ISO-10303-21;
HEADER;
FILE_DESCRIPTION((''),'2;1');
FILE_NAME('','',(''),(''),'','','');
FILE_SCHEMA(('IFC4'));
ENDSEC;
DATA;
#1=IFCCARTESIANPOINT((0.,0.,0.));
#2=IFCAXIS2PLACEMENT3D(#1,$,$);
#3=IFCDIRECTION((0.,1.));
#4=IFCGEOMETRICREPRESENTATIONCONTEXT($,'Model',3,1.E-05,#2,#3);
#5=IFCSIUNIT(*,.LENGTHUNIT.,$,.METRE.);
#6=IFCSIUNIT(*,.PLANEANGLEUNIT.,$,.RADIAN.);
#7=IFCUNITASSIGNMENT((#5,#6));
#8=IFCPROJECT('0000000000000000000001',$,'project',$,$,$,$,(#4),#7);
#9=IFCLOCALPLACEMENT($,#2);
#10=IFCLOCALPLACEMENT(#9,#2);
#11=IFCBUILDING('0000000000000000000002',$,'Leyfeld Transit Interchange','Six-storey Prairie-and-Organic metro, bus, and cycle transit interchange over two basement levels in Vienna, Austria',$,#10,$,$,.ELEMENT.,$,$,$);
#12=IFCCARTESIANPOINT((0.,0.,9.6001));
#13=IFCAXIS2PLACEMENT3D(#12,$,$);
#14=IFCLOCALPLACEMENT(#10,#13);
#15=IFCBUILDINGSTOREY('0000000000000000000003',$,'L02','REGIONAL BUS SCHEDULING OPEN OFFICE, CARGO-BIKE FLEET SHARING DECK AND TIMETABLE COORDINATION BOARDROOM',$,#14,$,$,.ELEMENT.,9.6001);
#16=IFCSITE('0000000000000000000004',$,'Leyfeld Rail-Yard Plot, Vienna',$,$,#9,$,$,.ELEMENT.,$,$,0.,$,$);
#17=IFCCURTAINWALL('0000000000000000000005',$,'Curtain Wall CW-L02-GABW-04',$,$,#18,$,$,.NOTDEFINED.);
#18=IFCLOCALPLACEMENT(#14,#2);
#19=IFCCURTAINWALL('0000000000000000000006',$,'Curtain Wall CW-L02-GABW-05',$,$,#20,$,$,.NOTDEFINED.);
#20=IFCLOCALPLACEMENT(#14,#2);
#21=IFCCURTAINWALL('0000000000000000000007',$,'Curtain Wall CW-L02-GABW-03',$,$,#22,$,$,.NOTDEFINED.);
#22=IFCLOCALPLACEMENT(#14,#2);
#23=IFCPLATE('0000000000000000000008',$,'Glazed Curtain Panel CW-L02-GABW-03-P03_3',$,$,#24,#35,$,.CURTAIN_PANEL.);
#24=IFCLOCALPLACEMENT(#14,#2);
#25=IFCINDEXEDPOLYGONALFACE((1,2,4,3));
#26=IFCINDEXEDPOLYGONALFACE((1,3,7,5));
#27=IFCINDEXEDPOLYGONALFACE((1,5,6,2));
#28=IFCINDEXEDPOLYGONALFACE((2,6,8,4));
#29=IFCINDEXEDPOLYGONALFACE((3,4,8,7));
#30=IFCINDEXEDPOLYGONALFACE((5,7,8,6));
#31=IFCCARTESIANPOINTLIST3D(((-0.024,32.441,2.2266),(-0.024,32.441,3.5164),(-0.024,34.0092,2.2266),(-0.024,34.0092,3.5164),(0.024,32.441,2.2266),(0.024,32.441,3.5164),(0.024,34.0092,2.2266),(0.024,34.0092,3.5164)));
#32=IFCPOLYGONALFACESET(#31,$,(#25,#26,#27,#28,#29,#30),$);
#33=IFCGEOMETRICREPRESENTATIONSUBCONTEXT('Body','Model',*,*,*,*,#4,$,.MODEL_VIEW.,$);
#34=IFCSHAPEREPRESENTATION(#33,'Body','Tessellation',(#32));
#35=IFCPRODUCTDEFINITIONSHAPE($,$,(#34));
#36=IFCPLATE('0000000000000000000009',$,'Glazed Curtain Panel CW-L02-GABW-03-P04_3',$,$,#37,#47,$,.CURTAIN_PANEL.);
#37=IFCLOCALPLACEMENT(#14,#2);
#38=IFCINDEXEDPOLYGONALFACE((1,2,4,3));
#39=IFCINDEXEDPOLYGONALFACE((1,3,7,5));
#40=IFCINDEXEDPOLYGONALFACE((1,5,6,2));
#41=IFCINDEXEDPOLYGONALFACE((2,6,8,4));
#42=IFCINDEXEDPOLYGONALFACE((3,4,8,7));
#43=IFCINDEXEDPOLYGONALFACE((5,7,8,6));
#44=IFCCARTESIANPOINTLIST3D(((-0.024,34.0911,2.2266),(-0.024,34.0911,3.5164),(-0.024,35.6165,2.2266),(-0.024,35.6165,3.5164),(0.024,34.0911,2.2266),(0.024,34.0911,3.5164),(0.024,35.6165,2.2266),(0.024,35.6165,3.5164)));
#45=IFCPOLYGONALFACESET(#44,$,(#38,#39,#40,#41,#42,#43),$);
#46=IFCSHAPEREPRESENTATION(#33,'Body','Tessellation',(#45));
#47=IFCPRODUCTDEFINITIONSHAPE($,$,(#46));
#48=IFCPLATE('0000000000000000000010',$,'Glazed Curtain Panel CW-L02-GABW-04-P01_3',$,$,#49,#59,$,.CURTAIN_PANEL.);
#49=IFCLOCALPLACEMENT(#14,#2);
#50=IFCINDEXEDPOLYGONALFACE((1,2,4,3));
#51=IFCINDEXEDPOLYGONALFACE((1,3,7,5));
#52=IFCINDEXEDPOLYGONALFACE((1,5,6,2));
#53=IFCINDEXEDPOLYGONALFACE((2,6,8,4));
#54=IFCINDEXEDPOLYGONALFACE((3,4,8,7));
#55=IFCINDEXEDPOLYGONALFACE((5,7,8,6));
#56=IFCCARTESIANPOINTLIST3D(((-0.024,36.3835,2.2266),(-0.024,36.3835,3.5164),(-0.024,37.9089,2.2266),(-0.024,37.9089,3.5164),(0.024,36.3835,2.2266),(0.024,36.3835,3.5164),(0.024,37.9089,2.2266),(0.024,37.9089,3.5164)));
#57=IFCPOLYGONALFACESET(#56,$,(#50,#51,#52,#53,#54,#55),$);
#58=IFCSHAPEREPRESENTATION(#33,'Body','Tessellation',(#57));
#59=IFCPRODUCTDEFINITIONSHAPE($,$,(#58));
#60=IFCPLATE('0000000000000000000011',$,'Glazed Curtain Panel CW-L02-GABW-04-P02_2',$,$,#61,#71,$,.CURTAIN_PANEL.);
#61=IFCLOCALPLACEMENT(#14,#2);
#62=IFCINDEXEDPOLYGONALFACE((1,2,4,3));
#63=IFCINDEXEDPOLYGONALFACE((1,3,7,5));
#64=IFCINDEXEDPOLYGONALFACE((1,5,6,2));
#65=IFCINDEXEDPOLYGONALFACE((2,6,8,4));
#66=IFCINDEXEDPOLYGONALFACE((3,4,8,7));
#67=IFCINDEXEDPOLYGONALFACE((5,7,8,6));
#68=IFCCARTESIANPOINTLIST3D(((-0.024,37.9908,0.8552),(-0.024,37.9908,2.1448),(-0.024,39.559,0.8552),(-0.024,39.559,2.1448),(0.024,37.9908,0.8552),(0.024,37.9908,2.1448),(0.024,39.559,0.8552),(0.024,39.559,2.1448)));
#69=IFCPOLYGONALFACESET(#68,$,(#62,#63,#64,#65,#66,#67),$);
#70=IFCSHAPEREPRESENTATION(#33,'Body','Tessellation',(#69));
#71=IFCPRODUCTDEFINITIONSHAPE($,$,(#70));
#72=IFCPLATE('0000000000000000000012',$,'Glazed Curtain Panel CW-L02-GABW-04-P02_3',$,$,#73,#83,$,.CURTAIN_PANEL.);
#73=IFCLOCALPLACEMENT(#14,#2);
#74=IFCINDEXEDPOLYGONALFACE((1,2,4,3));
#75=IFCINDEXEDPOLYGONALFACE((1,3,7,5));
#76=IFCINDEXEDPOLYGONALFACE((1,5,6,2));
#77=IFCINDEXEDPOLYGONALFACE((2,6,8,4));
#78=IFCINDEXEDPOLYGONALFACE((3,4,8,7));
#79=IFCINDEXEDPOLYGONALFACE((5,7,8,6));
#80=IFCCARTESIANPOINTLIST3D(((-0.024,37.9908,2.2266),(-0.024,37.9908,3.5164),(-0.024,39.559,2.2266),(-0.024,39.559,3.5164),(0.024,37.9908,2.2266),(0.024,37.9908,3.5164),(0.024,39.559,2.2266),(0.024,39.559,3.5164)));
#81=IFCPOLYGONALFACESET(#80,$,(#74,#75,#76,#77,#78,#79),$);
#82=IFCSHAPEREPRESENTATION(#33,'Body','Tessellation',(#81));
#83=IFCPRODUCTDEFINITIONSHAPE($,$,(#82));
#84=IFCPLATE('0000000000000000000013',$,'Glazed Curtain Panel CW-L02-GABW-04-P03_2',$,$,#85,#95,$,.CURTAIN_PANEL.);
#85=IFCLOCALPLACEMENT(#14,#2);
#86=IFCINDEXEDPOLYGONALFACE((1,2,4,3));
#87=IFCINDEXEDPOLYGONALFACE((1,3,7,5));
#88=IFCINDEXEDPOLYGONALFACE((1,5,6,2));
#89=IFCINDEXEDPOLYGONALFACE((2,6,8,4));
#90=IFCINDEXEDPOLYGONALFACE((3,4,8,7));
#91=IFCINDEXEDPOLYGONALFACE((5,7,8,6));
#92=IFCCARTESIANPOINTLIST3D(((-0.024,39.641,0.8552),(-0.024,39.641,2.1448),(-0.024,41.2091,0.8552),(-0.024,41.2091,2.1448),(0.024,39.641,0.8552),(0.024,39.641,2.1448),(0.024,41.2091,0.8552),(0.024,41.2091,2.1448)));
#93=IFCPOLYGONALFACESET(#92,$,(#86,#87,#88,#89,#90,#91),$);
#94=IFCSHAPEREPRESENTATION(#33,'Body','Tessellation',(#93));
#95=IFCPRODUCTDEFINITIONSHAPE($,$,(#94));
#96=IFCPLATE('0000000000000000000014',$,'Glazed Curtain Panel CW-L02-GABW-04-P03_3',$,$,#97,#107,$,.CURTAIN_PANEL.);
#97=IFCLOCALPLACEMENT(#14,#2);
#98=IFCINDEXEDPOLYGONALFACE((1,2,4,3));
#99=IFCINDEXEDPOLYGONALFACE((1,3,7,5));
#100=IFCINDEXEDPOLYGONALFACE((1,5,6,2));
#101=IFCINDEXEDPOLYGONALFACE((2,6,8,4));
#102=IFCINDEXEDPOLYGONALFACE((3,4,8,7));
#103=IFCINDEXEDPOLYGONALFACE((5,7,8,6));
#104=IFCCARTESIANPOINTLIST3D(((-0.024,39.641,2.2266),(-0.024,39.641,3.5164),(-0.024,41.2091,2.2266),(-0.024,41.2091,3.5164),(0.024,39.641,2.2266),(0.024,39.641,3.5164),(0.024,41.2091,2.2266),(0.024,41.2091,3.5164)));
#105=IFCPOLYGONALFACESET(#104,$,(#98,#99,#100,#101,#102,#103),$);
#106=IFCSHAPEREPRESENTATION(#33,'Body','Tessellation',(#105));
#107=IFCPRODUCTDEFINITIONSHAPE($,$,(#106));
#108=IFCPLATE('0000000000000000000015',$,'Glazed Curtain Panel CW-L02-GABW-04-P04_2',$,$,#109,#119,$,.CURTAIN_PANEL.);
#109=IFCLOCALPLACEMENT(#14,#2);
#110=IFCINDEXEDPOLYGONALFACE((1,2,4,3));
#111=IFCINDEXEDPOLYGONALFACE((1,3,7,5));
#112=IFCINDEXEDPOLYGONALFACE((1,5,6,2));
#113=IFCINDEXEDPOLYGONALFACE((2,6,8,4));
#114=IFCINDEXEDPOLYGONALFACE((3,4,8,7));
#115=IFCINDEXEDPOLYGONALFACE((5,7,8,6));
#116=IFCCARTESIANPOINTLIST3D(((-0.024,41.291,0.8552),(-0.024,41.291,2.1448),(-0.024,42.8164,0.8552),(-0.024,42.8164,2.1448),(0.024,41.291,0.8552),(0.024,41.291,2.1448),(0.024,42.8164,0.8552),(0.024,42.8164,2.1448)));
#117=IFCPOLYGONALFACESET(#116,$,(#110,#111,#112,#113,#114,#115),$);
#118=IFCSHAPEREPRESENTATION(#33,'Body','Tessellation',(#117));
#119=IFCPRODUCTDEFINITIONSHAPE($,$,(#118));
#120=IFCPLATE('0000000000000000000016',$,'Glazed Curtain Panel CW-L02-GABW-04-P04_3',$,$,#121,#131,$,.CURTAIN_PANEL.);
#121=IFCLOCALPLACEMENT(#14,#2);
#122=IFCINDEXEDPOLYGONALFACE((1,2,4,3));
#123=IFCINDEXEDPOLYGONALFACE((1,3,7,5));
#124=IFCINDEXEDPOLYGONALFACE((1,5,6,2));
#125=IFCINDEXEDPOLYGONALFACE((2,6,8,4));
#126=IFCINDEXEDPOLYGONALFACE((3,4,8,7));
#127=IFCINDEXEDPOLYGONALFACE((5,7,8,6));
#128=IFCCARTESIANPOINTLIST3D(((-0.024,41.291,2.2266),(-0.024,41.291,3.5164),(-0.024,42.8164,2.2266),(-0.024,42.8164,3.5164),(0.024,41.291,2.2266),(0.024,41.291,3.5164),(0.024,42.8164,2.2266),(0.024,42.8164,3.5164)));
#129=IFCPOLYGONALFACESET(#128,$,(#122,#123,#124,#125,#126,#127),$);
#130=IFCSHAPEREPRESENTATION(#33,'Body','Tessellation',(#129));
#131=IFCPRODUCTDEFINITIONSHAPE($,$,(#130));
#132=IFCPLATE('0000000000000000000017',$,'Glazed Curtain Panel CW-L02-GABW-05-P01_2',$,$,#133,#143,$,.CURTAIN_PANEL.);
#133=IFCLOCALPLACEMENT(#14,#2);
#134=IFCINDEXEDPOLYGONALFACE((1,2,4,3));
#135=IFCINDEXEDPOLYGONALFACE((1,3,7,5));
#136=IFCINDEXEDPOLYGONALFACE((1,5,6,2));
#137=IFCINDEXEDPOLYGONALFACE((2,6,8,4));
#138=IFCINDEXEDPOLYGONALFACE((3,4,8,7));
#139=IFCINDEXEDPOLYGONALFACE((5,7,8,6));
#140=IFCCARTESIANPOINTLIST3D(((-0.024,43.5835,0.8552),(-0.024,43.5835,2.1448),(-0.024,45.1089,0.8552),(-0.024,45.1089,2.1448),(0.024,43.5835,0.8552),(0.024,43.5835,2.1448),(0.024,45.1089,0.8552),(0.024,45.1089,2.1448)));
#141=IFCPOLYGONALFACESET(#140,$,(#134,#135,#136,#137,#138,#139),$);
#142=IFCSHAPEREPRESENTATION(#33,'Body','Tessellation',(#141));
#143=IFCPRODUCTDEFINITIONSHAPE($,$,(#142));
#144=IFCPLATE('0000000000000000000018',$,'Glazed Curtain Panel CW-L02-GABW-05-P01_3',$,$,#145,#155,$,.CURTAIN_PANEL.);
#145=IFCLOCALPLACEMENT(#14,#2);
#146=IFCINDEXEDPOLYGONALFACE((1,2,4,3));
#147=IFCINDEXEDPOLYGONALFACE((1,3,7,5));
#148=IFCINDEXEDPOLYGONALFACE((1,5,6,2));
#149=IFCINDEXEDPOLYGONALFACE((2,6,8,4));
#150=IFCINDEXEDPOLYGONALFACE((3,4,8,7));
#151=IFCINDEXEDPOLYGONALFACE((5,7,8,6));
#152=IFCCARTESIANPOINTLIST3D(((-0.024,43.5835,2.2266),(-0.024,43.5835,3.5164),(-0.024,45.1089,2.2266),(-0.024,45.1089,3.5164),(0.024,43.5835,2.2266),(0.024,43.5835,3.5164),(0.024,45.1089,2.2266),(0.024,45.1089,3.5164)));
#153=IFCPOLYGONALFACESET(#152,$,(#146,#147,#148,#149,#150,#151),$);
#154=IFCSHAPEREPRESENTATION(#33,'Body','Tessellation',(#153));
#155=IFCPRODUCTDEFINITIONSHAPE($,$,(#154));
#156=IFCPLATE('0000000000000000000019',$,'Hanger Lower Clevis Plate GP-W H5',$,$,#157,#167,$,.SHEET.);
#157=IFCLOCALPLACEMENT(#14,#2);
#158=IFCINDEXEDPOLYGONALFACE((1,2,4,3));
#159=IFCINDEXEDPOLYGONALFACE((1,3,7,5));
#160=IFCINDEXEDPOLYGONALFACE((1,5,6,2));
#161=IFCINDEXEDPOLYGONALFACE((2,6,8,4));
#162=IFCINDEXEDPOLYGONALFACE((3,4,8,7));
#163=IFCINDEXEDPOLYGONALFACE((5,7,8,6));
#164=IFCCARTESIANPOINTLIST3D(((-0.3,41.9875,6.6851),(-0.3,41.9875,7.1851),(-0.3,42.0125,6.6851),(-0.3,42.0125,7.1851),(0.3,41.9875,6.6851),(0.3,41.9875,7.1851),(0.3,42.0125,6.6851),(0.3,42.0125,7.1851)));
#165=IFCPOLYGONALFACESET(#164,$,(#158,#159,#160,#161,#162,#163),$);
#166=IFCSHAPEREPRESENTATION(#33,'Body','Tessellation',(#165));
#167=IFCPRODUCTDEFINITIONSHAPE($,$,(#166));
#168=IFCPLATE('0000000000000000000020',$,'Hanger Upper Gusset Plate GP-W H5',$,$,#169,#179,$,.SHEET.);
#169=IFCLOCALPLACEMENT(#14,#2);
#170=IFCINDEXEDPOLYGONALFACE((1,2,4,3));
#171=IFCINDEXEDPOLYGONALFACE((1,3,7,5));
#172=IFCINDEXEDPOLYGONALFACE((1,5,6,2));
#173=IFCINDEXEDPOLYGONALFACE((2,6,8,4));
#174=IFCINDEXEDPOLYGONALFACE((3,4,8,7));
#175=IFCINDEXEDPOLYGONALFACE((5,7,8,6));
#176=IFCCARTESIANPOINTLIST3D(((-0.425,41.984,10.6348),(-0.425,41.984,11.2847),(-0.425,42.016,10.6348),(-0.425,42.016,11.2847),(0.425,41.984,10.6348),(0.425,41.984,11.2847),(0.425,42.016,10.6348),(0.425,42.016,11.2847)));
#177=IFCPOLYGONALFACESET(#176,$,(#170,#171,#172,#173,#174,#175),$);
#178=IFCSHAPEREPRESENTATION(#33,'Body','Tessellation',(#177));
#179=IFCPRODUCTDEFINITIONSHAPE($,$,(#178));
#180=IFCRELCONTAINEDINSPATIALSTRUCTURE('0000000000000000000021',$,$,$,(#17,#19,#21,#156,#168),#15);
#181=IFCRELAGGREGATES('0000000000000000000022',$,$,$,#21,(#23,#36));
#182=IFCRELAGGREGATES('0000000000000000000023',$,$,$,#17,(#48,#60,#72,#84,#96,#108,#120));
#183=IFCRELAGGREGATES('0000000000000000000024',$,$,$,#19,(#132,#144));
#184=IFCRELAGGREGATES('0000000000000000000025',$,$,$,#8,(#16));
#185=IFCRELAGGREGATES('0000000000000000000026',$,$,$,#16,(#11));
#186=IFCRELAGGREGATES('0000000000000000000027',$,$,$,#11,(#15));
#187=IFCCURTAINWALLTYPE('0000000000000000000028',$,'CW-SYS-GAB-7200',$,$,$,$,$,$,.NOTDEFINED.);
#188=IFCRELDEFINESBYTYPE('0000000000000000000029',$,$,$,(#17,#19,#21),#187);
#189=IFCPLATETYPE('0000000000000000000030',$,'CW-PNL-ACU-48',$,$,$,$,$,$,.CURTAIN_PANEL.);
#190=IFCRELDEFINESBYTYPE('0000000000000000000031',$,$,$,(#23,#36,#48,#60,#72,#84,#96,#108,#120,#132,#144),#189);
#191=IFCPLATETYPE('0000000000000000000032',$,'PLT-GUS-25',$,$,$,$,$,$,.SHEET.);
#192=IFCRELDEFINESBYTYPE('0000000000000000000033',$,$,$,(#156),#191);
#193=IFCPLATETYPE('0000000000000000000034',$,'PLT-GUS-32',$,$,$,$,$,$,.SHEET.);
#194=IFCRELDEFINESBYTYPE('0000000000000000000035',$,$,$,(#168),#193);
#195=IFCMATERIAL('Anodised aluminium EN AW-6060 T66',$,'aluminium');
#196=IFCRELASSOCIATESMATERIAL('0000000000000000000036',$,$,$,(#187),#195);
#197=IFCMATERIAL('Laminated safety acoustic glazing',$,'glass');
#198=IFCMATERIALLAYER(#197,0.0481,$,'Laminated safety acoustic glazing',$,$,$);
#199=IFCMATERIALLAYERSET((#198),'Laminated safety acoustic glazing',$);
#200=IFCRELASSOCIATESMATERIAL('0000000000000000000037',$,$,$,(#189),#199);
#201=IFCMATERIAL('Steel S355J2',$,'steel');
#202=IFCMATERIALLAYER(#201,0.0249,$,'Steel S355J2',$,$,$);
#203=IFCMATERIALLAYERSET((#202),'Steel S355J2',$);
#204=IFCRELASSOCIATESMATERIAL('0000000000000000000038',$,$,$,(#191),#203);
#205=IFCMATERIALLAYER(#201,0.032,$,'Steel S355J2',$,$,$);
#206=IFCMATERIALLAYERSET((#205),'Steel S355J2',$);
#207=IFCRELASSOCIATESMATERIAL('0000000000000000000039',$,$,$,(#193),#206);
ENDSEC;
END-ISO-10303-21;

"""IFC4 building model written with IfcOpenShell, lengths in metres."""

from ifc_helpers import new_model, si_unit, direction, frame, origin, origin_2d, place, context, subcontext, project, spatial, rectangle, extrude, material, layer, layer_set, type_object, element, aggregate, save


model = new_model("IFC4")

# Units and contexts
model_context = context("Model", 3, precision=1e-05, world=origin(), true_north=direction((0.0, 1.0)))
body_context = subcontext(model_context, "Body", "Model", "MODEL_VIEW")
ifc_project = project(units=[si_unit("LENGTHUNIT", "METRE"), si_unit("PLANEANGLEUNIT", "RADIAN")], contexts=[model_context])

# Site, building, storey
site_placement = place(None, origin())
site = spatial("IfcSite", under=ifc_project, at=site_placement, Name="Leyfeld Rail-Yard Plot, Vienna", CompositionType="ELEMENT", RefElevation=0.0)
building_placement = place(site_placement, origin())
building = spatial("IfcBuilding", under=site, at=building_placement, Name="Leyfeld Transit Interchange", Description="Six-storey Prairie-and-Organic metro, bus, and cycle transit interchange over two basement levels in Vienna, Austria", CompositionType="ELEMENT")
storey_placement = place(building_placement, frame((0.0, 0.0, 9.6001)))
storey = spatial("IfcBuildingStorey", under=building, at=storey_placement, Name="L02", Description="REGIONAL BUS SCHEDULING OPEN OFFICE, CARGO-BIKE FLEET SHARING DECK AND TIMETABLE COORDINATION BOARDROOM", CompositionType="ELEMENT", Elevation=9.6001)

# Curtain walls
ifc_material_1 = material(Name="Anodised aluminium EN AW-6060 T66", Category="aluminium")
curtain_wall_type = type_object("IfcCurtainWallType", Name="CW-SYS-GAB-7200", PredefinedType="NOTDEFINED", material=ifc_material_1)
curtain_wall_1_placement = place(storey_placement, origin())
curtain_wall_1 = element("IfcCurtainWall", 1, at=curtain_wall_1_placement, inside=storey, type_object=curtain_wall_type, Name="Curtain Wall CW-L02-GABW-04", PredefinedType="NOTDEFINED")
curtain_wall_2_placement = place(storey_placement, origin())
curtain_wall_2 = element("IfcCurtainWall", 2, at=curtain_wall_2_placement, inside=storey, type_object=curtain_wall_type, Name="Curtain Wall CW-L02-GABW-05", PredefinedType="NOTDEFINED")

# Shared definitions
ifc_material_2 = material(Name="Steel S355J2", Category="steel")

# Curtain wall, plates
curtain_wall_3_placement = place(storey_placement, origin())
curtain_wall_3 = element("IfcCurtainWall", 3, at=curtain_wall_3_placement, inside=storey, type_object=curtain_wall_type, Name="Curtain Wall CW-L02-GABW-03", PredefinedType="NOTDEFINED")
ifc_material_3 = material(Name="Laminated safety acoustic glazing", Category="glass")
ifc_layer_1 = layer(ifc_material_3, 0.0481, Name="Laminated safety acoustic glazing")
ifc_layer_set_1 = layer_set([ifc_layer_1], Name="Laminated safety acoustic glazing")
plate_type_1 = type_object("IfcPlateType", Name="CW-PNL-ACU-48", PredefinedType="CURTAIN_PANEL", material=ifc_layer_set_1)
plate_1_placement = place(storey_placement, frame((0.0, 33.2251, 2.2266), z_axis=(0.0, 0.0, 1.0), x_axis=(0.0, 1.0, 0.0)))
plate_1 = element("IfcPlate", 4, at=plate_1_placement, type_object=plate_type_1, Name="Glazed Curtain Panel CW-L02-GABW-03-P03_3", PredefinedType="CURTAIN_PANEL", context=body_context, shape_type="SweptSolid", body=[
    extrude(rectangle(XDim=1.5681, YDim=0.0481, at=origin_2d()), origin(), (0.0, 0.0, 1.0), 1.2898),
])
plate_2_placement = place(storey_placement, frame((0.0, 34.8538, 2.2266), z_axis=(0.0, 0.0, 1.0), x_axis=(0.0, 1.0, 0.0)))
plate_2 = element("IfcPlate", 5, at=plate_2_placement, type_object=plate_type_1, Name="Glazed Curtain Panel CW-L02-GABW-03-P04_3", PredefinedType="CURTAIN_PANEL", context=body_context, shape_type="SweptSolid", body=[
    extrude(rectangle(XDim=1.5254, YDim=0.0481, at=origin_2d()), origin(), (0.0, 0.0, 1.0), 1.2898),
])
aggregate(curtain_wall_3, [plate_1, plate_2])

# Plates
plate_3_placement = place(storey_placement, frame((0.0, 37.1462, 2.2266), z_axis=(0.0, 0.0, 1.0), x_axis=(0.0, 1.0, 0.0)))
plate_3 = element("IfcPlate", 6, at=plate_3_placement, type_object=plate_type_1, Name="Glazed Curtain Panel CW-L02-GABW-04-P01_3", PredefinedType="CURTAIN_PANEL", context=body_context, shape_type="SweptSolid", body=[
    extrude(rectangle(XDim=1.5254, YDim=0.0481, at=origin_2d()), origin(), (0.0, 0.0, 1.0), 1.2898),
])
plate_4_placement = place(storey_placement, frame((0.0, 38.7749, 0.8552), z_axis=(0.0, 0.0, 1.0), x_axis=(0.0, 1.0, 0.0)))
plate_4 = element("IfcPlate", 7, at=plate_4_placement, type_object=plate_type_1, Name="Glazed Curtain Panel CW-L02-GABW-04-P02_2", PredefinedType="CURTAIN_PANEL", context=body_context, shape_type="SweptSolid", body=[
    extrude(rectangle(XDim=1.5681, YDim=0.0481, at=origin_2d()), origin(), (0.0, 0.0, 1.0), 1.2896),
])
plate_5_placement = place(storey_placement, frame((0.0, 38.7749, 2.2266), z_axis=(0.0, 0.0, 1.0), x_axis=(0.0, 1.0, 0.0)))
plate_5 = element("IfcPlate", 8, at=plate_5_placement, type_object=plate_type_1, Name="Glazed Curtain Panel CW-L02-GABW-04-P02_3", PredefinedType="CURTAIN_PANEL", context=body_context, shape_type="SweptSolid", body=[
    extrude(rectangle(XDim=1.5681, YDim=0.0481, at=origin_2d()), origin(), (0.0, 0.0, 1.0), 1.2898),
])
plate_6_placement = place(storey_placement, frame((0.0, 40.425, 0.8552), z_axis=(0.0, 0.0, 1.0), x_axis=(0.0, 1.0, 0.0)))
plate_6 = element("IfcPlate", 9, at=plate_6_placement, type_object=plate_type_1, Name="Glazed Curtain Panel CW-L02-GABW-04-P03_2", PredefinedType="CURTAIN_PANEL", context=body_context, shape_type="SweptSolid", body=[
    extrude(rectangle(XDim=1.5681, YDim=0.0481, at=origin_2d()), origin(), (0.0, 0.0, 1.0), 1.2896),
])
plate_7_placement = place(storey_placement, frame((0.0, 40.425, 2.2266), z_axis=(0.0, 0.0, 1.0), x_axis=(0.0, 1.0, 0.0)))
plate_7 = element("IfcPlate", 10, at=plate_7_placement, type_object=plate_type_1, Name="Glazed Curtain Panel CW-L02-GABW-04-P03_3", PredefinedType="CURTAIN_PANEL", context=body_context, shape_type="SweptSolid", body=[
    extrude(rectangle(XDim=1.5681, YDim=0.0481, at=origin_2d()), origin(), (0.0, 0.0, 1.0), 1.2898),
])
plate_8_placement = place(storey_placement, frame((0.0, 42.0537, 0.8552), z_axis=(0.0, 0.0, 1.0), x_axis=(0.0, 1.0, 0.0)))
plate_8 = element("IfcPlate", 11, at=plate_8_placement, type_object=plate_type_1, Name="Glazed Curtain Panel CW-L02-GABW-04-P04_2", PredefinedType="CURTAIN_PANEL", context=body_context, shape_type="SweptSolid", body=[
    extrude(rectangle(XDim=1.5254, YDim=0.0481, at=origin_2d()), origin(), (0.0, 0.0, 1.0), 1.2896),
])
plate_9_placement = place(storey_placement, frame((0.0, 42.0537, 2.2266), z_axis=(0.0, 0.0, 1.0), x_axis=(0.0, 1.0, 0.0)))
plate_9 = element("IfcPlate", 12, at=plate_9_placement, type_object=plate_type_1, Name="Glazed Curtain Panel CW-L02-GABW-04-P04_3", PredefinedType="CURTAIN_PANEL", context=body_context, shape_type="SweptSolid", body=[
    extrude(rectangle(XDim=1.5254, YDim=0.0481, at=origin_2d()), origin(), (0.0, 0.0, 1.0), 1.2898),
])
aggregate(curtain_wall_1, [plate_3, plate_4, plate_5, plate_6, plate_7, plate_8, plate_9])
plate_10_placement = place(storey_placement, frame((0.0, 44.3462, 0.8552), z_axis=(0.0, 0.0, 1.0), x_axis=(0.0, 1.0, 0.0)))
plate_10 = element("IfcPlate", 13, at=plate_10_placement, type_object=plate_type_1, Name="Glazed Curtain Panel CW-L02-GABW-05-P01_2", PredefinedType="CURTAIN_PANEL", context=body_context, shape_type="SweptSolid", body=[
    extrude(rectangle(XDim=1.5254, YDim=0.0481, at=origin_2d()), origin(), (0.0, 0.0, 1.0), 1.2896),
])
plate_11_placement = place(storey_placement, frame((0.0, 44.3462, 2.2266), z_axis=(0.0, 0.0, 1.0), x_axis=(0.0, 1.0, 0.0)))
plate_11 = element("IfcPlate", 14, at=plate_11_placement, type_object=plate_type_1, Name="Glazed Curtain Panel CW-L02-GABW-05-P01_3", PredefinedType="CURTAIN_PANEL", context=body_context, shape_type="SweptSolid", body=[
    extrude(rectangle(XDim=1.5254, YDim=0.0481, at=origin_2d()), origin(), (0.0, 0.0, 1.0), 1.2898),
])
aggregate(curtain_wall_2, [plate_10, plate_11])

# Plates
ifc_layer_2 = layer(ifc_material_2, 0.0249, Name="Steel S355J2")
ifc_layer_set_2 = layer_set([ifc_layer_2], Name="Steel S355J2")
plate_type_2 = type_object("IfcPlateType", Name="PLT-GUS-25", PredefinedType="SHEET", material=ifc_layer_set_2)
plate_12_placement = place(storey_placement, frame((0.0, 42.0, 6.6851), z_axis=(0.0, 0.0, 1.0), x_axis=(1.0, 0.0, 0.0)))
element("IfcPlate", 15, at=plate_12_placement, inside=storey, type_object=plate_type_2, Name="Hanger Lower Clevis Plate GP-W H5", PredefinedType="SHEET", context=body_context, shape_type="SweptSolid", body=[
    extrude(rectangle(XDim=0.6001, YDim=0.0249, at=origin_2d()), origin(), (0.0, 0.0, 1.0), 0.5),
])
ifc_layer_3 = layer(ifc_material_2, 0.032, Name="Steel S355J2")
ifc_layer_set_3 = layer_set([ifc_layer_3], Name="Steel S355J2")
plate_type_3 = type_object("IfcPlateType", Name="PLT-GUS-32", PredefinedType="SHEET", material=ifc_layer_set_3)
plate_13_placement = place(storey_placement, frame((0.0, 42.0, 10.6348), z_axis=(0.0, 0.0, 1.0), x_axis=(1.0, 0.0, 0.0)))
element("IfcPlate", 16, at=plate_13_placement, inside=storey, type_object=plate_type_3, Name="Hanger Upper Gusset Plate GP-W H5", PredefinedType="SHEET", context=body_context, shape_type="SweptSolid", body=[
    extrude(rectangle(XDim=0.8501, YDim=0.032, at=origin_2d()), origin(), (0.0, 0.0, 1.0), 0.6499),
])

save(model, "model.ifc")
